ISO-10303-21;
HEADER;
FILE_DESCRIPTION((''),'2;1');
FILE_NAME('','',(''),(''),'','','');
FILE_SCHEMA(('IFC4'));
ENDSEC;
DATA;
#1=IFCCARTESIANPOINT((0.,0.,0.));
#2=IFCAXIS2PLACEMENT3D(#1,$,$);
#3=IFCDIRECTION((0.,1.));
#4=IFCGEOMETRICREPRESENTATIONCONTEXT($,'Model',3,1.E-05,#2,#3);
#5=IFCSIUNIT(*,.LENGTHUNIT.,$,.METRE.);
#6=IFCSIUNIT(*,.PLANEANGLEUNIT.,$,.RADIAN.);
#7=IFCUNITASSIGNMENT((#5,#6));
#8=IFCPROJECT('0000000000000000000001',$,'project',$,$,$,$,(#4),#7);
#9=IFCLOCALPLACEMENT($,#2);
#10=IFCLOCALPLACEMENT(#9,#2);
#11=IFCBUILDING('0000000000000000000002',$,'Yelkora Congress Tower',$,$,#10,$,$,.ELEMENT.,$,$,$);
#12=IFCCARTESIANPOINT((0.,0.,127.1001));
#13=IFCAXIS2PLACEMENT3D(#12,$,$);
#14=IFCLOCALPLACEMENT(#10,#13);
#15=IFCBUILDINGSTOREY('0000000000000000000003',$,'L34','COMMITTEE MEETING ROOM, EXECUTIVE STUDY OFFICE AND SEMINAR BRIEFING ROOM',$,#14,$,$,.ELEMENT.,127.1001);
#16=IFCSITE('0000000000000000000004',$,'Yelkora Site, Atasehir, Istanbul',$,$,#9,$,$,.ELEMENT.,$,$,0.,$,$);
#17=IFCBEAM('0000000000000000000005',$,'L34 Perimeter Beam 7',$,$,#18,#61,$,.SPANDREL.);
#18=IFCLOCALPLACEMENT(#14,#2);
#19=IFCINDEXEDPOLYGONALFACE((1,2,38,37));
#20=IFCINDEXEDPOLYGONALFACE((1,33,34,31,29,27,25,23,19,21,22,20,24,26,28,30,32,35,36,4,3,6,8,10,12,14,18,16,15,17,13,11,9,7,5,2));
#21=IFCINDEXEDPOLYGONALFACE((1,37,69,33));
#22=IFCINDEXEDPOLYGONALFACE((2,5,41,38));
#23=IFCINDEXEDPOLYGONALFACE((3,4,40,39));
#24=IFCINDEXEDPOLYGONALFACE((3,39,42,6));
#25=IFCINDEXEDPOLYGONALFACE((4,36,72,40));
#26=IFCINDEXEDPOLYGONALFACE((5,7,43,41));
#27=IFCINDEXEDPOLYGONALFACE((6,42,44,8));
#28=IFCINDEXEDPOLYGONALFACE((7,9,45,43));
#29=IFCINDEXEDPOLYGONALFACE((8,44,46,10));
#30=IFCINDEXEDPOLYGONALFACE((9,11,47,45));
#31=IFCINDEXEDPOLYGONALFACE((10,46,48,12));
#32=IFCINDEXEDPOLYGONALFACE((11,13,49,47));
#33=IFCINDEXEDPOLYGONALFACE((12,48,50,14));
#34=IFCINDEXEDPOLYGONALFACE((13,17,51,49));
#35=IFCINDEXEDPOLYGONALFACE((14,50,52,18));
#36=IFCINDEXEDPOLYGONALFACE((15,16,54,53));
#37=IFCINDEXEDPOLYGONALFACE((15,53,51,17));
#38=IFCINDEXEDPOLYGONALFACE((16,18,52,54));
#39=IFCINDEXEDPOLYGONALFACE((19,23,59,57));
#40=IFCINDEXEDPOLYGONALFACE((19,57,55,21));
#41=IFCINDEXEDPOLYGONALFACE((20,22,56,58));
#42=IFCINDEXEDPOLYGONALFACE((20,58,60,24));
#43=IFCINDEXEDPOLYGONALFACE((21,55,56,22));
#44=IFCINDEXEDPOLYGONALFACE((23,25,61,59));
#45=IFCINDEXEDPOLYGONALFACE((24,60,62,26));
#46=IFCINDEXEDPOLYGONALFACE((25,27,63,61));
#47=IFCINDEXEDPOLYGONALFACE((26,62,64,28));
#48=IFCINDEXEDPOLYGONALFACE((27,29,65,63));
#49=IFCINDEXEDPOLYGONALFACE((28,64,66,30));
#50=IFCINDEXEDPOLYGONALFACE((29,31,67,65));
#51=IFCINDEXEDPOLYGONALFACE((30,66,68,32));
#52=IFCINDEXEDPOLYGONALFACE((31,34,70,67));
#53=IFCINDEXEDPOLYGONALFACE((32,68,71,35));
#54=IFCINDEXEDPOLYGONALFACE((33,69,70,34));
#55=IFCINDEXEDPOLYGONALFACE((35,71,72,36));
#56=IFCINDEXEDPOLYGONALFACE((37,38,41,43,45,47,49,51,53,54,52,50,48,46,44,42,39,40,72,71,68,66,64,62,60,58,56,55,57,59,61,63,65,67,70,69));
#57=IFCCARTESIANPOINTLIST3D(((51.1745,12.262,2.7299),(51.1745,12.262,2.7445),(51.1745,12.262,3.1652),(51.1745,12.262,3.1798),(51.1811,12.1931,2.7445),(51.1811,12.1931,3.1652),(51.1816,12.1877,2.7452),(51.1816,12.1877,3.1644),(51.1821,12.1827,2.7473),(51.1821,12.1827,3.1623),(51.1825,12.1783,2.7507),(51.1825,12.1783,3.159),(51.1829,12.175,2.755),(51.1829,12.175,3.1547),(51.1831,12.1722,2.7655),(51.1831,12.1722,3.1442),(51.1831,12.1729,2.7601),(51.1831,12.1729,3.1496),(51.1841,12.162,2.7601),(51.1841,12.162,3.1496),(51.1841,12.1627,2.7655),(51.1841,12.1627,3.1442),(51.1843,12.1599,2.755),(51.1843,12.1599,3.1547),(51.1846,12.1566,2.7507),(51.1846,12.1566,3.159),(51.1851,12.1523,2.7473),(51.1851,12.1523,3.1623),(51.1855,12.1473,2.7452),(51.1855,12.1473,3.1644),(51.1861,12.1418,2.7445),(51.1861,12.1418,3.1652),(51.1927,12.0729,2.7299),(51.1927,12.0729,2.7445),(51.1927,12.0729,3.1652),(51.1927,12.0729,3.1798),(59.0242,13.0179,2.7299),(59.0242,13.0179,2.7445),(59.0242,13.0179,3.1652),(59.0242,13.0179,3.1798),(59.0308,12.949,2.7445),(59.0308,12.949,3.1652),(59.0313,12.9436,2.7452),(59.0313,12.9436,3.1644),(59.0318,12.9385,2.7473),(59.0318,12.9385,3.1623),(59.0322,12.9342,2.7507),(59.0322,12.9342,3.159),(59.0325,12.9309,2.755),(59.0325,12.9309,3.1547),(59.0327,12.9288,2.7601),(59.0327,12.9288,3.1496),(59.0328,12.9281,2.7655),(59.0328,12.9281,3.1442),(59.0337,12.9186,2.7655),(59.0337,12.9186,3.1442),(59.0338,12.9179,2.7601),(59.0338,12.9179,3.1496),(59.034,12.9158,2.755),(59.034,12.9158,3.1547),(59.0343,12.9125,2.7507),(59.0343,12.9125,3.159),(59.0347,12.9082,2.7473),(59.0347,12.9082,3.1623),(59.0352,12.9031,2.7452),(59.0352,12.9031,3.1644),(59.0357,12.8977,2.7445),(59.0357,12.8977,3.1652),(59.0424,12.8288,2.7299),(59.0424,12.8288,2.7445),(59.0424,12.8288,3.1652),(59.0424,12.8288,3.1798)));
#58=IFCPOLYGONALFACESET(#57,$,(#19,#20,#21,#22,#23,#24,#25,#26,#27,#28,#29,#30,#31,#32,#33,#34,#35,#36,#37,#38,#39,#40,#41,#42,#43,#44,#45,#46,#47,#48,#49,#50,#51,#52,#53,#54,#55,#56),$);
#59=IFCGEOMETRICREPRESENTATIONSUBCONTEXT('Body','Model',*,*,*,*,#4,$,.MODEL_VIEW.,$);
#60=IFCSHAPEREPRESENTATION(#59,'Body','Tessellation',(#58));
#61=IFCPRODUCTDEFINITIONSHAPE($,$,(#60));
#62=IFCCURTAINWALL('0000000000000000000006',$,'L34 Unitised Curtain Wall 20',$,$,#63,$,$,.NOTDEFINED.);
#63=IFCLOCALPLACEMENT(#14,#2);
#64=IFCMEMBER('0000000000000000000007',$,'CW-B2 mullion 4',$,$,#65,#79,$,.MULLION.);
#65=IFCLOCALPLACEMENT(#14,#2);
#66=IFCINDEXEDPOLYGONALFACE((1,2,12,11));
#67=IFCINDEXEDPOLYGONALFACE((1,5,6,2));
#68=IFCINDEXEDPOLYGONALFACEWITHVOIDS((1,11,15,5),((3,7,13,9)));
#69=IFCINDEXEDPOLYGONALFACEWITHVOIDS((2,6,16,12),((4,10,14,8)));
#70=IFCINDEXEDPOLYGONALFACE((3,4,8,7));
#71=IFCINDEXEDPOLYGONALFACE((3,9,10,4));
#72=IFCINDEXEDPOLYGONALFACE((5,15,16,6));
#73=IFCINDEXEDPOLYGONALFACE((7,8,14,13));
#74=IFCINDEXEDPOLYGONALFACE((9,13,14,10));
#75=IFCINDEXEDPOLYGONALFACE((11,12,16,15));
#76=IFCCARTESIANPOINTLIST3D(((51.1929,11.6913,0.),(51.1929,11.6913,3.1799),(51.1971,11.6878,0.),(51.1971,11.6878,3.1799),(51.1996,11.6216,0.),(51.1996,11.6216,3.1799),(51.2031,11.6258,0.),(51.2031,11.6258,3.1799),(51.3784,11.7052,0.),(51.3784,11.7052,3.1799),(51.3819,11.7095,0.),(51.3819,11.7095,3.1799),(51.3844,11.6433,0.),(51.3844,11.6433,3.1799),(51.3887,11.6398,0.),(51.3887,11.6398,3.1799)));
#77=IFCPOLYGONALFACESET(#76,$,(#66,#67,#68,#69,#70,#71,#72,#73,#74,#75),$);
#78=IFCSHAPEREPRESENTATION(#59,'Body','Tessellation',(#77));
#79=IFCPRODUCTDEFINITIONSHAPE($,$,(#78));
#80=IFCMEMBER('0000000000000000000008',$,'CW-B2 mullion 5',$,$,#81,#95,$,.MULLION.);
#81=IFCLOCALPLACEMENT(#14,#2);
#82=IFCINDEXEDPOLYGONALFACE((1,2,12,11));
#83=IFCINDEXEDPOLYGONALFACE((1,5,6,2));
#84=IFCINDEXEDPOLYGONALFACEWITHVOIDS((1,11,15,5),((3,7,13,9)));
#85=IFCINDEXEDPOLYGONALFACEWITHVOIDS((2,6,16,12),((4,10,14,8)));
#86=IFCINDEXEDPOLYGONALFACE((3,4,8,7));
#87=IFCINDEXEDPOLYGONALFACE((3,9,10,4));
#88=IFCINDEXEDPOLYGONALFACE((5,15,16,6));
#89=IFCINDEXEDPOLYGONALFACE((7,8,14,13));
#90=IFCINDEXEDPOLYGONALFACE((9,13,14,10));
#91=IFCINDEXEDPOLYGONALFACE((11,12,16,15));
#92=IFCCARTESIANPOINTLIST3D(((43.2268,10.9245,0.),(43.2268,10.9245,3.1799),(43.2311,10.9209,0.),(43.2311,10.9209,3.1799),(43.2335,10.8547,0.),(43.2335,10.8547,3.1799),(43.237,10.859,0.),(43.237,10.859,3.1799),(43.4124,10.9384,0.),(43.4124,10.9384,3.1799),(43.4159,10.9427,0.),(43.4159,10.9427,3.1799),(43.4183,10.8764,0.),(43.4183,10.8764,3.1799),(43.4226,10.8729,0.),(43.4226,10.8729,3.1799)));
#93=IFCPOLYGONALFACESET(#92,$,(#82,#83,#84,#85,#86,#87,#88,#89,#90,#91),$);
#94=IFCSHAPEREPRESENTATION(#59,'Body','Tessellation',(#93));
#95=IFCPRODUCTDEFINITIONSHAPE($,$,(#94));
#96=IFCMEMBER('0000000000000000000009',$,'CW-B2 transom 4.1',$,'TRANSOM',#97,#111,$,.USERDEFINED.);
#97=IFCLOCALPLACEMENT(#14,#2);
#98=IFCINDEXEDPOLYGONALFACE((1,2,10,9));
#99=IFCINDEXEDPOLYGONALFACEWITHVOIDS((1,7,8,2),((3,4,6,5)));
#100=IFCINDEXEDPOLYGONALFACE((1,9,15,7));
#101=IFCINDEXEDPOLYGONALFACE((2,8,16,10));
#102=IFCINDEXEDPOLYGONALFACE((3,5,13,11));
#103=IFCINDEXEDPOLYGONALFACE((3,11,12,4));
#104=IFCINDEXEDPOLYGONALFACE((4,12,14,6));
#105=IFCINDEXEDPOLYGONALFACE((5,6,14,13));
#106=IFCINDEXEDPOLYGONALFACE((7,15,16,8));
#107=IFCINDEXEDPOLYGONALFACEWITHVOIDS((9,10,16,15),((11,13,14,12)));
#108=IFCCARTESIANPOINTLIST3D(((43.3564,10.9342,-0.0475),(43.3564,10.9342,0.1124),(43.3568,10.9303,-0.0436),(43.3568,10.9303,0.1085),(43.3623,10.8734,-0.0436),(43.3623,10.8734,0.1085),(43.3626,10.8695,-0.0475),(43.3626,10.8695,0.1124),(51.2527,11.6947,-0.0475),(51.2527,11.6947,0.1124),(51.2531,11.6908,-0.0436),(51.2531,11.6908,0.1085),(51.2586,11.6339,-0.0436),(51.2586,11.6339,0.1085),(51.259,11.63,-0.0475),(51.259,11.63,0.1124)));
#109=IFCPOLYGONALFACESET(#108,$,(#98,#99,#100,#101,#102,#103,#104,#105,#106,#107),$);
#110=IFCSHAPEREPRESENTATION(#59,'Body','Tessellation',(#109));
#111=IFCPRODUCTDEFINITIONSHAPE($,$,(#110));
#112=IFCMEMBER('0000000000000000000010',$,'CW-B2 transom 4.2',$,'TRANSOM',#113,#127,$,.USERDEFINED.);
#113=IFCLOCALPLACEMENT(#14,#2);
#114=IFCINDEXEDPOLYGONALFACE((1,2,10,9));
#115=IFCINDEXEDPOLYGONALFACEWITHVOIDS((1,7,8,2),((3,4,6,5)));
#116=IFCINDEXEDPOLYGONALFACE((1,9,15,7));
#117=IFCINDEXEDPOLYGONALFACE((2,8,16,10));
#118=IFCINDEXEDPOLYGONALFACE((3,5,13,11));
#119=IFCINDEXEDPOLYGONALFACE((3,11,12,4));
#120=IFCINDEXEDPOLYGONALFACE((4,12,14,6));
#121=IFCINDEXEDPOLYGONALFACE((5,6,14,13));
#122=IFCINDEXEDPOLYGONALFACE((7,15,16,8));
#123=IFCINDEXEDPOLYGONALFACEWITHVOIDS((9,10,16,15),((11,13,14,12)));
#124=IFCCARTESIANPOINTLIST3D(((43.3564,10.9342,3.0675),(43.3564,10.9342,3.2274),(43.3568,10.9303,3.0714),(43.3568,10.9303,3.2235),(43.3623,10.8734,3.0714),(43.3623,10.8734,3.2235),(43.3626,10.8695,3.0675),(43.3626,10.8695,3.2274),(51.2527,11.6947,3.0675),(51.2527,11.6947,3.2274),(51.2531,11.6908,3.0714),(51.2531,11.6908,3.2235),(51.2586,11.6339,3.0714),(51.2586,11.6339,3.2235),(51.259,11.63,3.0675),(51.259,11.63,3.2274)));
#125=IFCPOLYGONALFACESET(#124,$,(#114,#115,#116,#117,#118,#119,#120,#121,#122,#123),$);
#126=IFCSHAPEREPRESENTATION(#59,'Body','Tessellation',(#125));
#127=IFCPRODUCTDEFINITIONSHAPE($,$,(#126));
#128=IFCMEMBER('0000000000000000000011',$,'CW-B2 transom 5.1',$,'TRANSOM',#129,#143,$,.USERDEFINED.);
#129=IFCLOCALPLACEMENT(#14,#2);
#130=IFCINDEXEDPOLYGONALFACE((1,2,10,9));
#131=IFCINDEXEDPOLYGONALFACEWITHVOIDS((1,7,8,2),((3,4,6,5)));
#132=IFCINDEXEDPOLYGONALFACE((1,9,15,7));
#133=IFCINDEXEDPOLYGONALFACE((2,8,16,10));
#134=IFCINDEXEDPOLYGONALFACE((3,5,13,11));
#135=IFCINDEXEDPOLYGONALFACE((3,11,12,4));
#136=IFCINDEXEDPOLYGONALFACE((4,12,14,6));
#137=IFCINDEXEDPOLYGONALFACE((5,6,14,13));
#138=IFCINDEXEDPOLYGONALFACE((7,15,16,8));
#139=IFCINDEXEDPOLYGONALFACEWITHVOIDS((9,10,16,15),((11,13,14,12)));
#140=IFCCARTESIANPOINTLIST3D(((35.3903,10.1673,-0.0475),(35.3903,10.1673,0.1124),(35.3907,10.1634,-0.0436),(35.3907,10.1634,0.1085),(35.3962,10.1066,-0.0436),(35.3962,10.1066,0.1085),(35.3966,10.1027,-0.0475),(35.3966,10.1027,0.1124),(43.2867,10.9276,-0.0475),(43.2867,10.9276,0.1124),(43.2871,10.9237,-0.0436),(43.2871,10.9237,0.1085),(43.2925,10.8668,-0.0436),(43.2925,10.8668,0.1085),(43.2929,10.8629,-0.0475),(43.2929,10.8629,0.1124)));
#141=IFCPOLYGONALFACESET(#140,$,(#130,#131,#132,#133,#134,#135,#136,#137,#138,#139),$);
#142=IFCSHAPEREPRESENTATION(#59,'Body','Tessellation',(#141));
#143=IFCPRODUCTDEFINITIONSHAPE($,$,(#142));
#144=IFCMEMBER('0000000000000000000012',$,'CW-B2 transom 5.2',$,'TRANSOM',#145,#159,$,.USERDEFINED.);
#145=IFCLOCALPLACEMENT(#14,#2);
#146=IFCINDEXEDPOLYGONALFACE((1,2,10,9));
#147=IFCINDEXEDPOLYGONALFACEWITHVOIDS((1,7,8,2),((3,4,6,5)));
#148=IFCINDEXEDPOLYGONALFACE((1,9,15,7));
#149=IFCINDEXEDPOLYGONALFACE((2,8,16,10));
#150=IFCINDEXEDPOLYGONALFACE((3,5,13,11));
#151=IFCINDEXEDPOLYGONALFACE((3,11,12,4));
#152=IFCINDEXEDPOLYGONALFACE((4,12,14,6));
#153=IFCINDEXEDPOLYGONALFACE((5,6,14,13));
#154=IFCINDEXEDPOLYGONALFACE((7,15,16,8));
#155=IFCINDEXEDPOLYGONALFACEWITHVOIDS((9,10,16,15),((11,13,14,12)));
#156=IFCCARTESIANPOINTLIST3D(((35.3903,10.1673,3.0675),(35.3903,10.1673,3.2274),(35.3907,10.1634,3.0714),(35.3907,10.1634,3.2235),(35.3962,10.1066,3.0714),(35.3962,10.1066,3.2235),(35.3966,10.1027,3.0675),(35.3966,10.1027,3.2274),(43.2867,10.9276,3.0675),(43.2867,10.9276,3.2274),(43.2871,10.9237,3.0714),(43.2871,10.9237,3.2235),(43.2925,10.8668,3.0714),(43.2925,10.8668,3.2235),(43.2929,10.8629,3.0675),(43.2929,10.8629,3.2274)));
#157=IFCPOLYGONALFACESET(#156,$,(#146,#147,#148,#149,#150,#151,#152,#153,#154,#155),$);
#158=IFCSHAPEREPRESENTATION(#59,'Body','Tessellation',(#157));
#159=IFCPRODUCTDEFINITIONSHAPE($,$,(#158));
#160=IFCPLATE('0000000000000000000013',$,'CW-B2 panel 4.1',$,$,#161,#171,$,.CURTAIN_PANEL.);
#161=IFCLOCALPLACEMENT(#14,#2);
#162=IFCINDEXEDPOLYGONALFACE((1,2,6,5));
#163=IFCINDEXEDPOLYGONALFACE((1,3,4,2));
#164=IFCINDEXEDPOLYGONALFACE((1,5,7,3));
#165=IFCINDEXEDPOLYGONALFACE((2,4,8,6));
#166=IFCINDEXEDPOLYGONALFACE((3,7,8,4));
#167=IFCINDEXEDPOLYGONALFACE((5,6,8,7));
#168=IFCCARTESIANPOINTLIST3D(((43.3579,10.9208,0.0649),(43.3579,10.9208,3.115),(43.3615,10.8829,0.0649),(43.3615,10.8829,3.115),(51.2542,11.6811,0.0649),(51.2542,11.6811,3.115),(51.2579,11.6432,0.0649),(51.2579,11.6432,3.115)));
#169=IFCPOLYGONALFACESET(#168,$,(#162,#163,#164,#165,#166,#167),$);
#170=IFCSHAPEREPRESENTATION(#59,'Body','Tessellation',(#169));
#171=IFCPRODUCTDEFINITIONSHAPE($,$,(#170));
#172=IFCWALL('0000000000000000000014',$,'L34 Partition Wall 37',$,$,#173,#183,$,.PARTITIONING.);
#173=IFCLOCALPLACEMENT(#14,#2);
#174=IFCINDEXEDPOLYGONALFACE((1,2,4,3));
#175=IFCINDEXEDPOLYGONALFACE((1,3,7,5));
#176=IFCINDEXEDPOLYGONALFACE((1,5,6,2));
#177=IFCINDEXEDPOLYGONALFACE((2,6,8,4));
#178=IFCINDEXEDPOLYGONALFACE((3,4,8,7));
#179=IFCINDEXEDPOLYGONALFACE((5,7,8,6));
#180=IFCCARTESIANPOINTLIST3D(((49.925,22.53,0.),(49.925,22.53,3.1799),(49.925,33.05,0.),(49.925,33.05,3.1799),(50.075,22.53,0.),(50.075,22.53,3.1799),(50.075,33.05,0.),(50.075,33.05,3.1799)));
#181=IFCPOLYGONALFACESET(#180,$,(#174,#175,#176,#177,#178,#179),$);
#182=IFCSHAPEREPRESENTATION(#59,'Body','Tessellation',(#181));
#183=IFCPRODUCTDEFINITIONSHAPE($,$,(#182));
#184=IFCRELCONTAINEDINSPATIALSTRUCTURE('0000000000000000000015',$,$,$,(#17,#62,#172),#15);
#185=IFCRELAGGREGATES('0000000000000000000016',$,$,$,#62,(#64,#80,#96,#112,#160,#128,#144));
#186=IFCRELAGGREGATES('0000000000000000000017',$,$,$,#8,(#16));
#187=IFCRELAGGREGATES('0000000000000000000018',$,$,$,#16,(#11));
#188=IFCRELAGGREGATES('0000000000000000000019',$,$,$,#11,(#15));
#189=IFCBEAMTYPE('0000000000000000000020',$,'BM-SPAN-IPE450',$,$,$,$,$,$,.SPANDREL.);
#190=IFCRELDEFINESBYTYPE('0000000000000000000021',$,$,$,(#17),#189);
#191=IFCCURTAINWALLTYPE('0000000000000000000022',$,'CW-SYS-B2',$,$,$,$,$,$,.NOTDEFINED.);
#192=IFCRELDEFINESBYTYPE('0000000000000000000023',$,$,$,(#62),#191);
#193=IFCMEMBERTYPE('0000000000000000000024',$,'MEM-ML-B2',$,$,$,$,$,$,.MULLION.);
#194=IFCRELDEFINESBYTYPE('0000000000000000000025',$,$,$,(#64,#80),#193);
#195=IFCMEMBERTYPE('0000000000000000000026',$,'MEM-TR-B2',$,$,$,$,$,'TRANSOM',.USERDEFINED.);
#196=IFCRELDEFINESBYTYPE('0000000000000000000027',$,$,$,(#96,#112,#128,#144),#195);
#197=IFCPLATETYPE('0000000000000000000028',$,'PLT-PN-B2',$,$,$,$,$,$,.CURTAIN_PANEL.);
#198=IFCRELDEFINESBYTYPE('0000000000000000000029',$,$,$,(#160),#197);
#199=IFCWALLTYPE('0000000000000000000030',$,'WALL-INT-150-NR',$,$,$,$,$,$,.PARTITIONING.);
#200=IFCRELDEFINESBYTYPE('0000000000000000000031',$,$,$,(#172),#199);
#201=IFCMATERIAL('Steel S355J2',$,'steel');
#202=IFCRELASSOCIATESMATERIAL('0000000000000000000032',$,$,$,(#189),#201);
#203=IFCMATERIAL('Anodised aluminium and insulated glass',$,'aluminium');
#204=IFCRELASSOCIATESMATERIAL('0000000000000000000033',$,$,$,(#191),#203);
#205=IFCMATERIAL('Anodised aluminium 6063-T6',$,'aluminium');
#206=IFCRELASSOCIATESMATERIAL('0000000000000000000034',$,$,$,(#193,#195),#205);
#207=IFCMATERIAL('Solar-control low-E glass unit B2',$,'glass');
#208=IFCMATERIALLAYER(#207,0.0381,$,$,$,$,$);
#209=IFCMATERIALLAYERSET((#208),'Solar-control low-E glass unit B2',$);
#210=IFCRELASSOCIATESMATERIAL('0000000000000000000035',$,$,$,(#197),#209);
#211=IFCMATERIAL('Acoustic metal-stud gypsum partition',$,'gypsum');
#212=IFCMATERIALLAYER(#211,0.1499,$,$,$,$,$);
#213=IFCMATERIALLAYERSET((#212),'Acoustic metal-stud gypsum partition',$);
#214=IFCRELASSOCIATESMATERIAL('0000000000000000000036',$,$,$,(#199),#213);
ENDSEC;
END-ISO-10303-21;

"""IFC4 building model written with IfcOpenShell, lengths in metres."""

from ifc_helpers import new_model, si_unit, direction, frame, frame_2d, origin, origin_2d, place, context, subcontext, project, spatial, rectangle, hollow_rectangle, i_section, extrude, material, layer, layer_set, material_profile, profile_set, type_object, element, aggregate, save


model = new_model("IFC4")

# Units and contexts
model_context = context("Model", 3, precision=1e-05, world=origin(), true_north=direction((0.0, 1.0)))
body_context = subcontext(model_context, "Body", "Model", "MODEL_VIEW")
ifc_project = project(units=[si_unit("LENGTHUNIT", "METRE"), si_unit("PLANEANGLEUNIT", "RADIAN")], contexts=[model_context])

# Site, building, storey
site_placement = place(None, origin())
site = spatial("IfcSite", under=ifc_project, at=site_placement, Name="Yelkora Site, Atasehir, Istanbul", CompositionType="ELEMENT", RefElevation=0.0)
building_placement = place(site_placement, origin())
building = spatial("IfcBuilding", under=site, at=building_placement, Name="Yelkora Congress Tower", CompositionType="ELEMENT")
storey_placement = place(building_placement, frame((0.0, 0.0, 127.1001)))
storey = spatial("IfcBuildingStorey", under=building, at=storey_placement, Name="L34", Description="COMMITTEE MEETING ROOM, EXECUTIVE STUDY OFFICE AND SEMINAR BRIEFING ROOM", CompositionType="ELEMENT", Elevation=127.1001)

# Beam
ifc_material_1 = material(Name="Steel S355J2", Category="steel")
ifc_material_profile_1 = material_profile(ifc_material_1, i_section(OverallWidth=0.1899, OverallDepth=0.45, WebThickness=0.0095, FlangeThickness=0.0146, FilletRadius=0.021, at=origin_2d()), Name="IPE 450")
ifc_profile_set_1 = profile_set([ifc_material_profile_1], Name="Steel S355J2")
beam_type_1 = type_object("IfcBeamType", Name="BM-SPAN-IPE450", PredefinedType="SPANDREL", material=ifc_profile_set_1)
beam_1_placement = place(storey_placement, frame((51.1836, 12.1675, 2.9548), z_axis=(0.995396, 0.095849, 0.0), x_axis=(-0.095849, 0.995396, 0.0)))
element("IfcBeam", 1, at=beam_1_placement, inside=storey, type_object=beam_type_1, Name="L34 Perimeter Beam 7", PredefinedType="SPANDREL", context=body_context, shape_type="SweptSolid", body=[
    extrude(i_section(OverallWidth=0.1899, OverallDepth=0.45, WebThickness=0.0095, FlangeThickness=0.0146, FilletRadius=0.021, at=origin_2d()), origin(), (0.0, 0.0, 1.0), 7.886),
])

# Curtain wall, members, plate
ifc_material_2 = material(Name="Anodised aluminium and insulated glass", Category="aluminium")
curtain_wall_type = type_object("IfcCurtainWallType", Name="CW-SYS-B2", PredefinedType="NOTDEFINED", material=ifc_material_2)
curtain_wall_placement = place(storey_placement, origin())
curtain_wall = element("IfcCurtainWall", 2, at=curtain_wall_placement, inside=storey, type_object=curtain_wall_type, Name="L34 Unitised Curtain Wall 20", PredefinedType="NOTDEFINED")
ifc_material_3 = material(Name="Anodised aluminium 6063-T6", Category="aluminium")
ifc_material_profile_2 = material_profile(ifc_material_3, hollow_rectangle(XDim=0.0701, YDim=0.1899, WallThickness=0.0039, at=origin_2d()), Name="ALU 70x190x4")
ifc_profile_set_2 = profile_set([ifc_material_profile_2], Name="Anodised aluminium 6063-T6")
member_type_1 = type_object("IfcMemberType", Name="MEM-ML-B2", PredefinedType="MULLION", material=ifc_profile_set_2)
member_1_placement = place(storey_placement, frame((51.2908, 11.6655, 0.0), z_axis=(0.0, 0.0, 1.0), x_axis=(0.095844, -0.995396, 0.0)))
member_1 = element("IfcMember", 3, at=member_1_placement, type_object=member_type_1, Name="CW-B2 mullion 4", PredefinedType="MULLION", context=body_context, shape_type="SweptSolid", body=[
    extrude(hollow_rectangle(XDim=0.0701, YDim=0.1899, WallThickness=0.0039, at=origin_2d()), origin(), (0.0, 0.0, 1.0), 3.1799),
])
member_2_placement = place(storey_placement, frame((43.3247, 10.8987, 0.0), z_axis=(0.0, 0.0, 1.0), x_axis=(0.095844, -0.995396, 0.0)))
member_2 = element("IfcMember", 4, at=member_2_placement, type_object=member_type_1, Name="CW-B2 mullion 5", PredefinedType="MULLION", context=body_context, shape_type="SweptSolid", body=[
    extrude(hollow_rectangle(XDim=0.0701, YDim=0.1899, WallThickness=0.0039, at=origin_2d()), origin(), (0.0, 0.0, 1.0), 3.1799),
])
ifc_material_profile_3 = material_profile(ifc_material_3, hollow_rectangle(XDim=0.0649, YDim=0.1599, WallThickness=0.0039, at=origin_2d()), Name="ALU 65x160x4")
ifc_profile_set_3 = profile_set([ifc_material_profile_3], Name="Anodised aluminium 6063-T6")
member_type_2 = type_object("IfcMemberType", Name="MEM-TR-B2", ElementType="TRANSOM", PredefinedType="USERDEFINED", material=ifc_profile_set_3)
member_3_placement = place(storey_placement, frame((51.2559, 11.6624, 0.0325), z_axis=(-0.995394, -0.095868, 0.0), x_axis=(0.095868, -0.995394, 0.0)))
member_3 = element("IfcMember", 5, at=member_3_placement, type_object=member_type_2, Name="CW-B2 transom 4.1", ObjectType="TRANSOM", PredefinedType="USERDEFINED", context=body_context, shape_type="SweptSolid", body=[
    extrude(hollow_rectangle(XDim=0.0649, YDim=0.1599, WallThickness=0.0039, at=origin_2d()), origin(), (0.0, 0.0, 1.0), 7.9329),
])
member_4_placement = place(storey_placement, frame((51.2559, 11.6624, 3.1475), z_axis=(-0.995394, -0.095868, 0.0), x_axis=(0.095868, -0.995394, 0.0)))
member_4 = element("IfcMember", 6, at=member_4_placement, type_object=member_type_2, Name="CW-B2 transom 4.2", ObjectType="TRANSOM", PredefinedType="USERDEFINED", context=body_context, shape_type="SweptSolid", body=[
    extrude(hollow_rectangle(XDim=0.0649, YDim=0.1599, WallThickness=0.0039, at=origin_2d()), origin(), (0.0, 0.0, 1.0), 7.9329),
])
member_5_placement = place(storey_placement, frame((43.2898, 10.8953, 0.0325), z_axis=(-0.995397, -0.095837, 0.0), x_axis=(0.095837, -0.995397, 0.0)))
member_5 = element("IfcMember", 7, at=member_5_placement, type_object=member_type_2, Name="CW-B2 transom 5.1", ObjectType="TRANSOM", PredefinedType="USERDEFINED", context=body_context, shape_type="SweptSolid", body=[
    extrude(hollow_rectangle(XDim=0.0649, YDim=0.1599, WallThickness=0.0039, at=origin_2d()), origin(), (0.0, 0.0, 1.0), 7.9329),
])
member_6_placement = place(storey_placement, frame((43.2898, 10.8953, 3.1475), z_axis=(-0.995397, -0.095837, 0.0), x_axis=(0.095837, -0.995397, 0.0)))
member_6 = element("IfcMember", 8, at=member_6_placement, type_object=member_type_2, Name="CW-B2 transom 5.2", ObjectType="TRANSOM", PredefinedType="USERDEFINED", context=body_context, shape_type="SweptSolid", body=[
    extrude(hollow_rectangle(XDim=0.0649, YDim=0.1599, WallThickness=0.0039, at=origin_2d()), origin(), (0.0, 0.0, 1.0), 7.9329),
])
ifc_material_4 = material(Name="Solar-control low-E glass unit B2", Category="glass")
ifc_layer_1 = layer(ifc_material_4, 0.0381)
ifc_layer_set_1 = layer_set([ifc_layer_1], Name="Solar-control low-E glass unit B2")
plate_type = type_object("IfcPlateType", Name="PLT-PN-B2", PredefinedType="CURTAIN_PANEL", material=ifc_layer_set_1)
plate_placement = place(storey_placement, frame((47.3079, 11.282, 0.0649), z_axis=(0.0, 0.0, 1.0), x_axis=(-0.995396, -0.095844, 0.0)))
plate = element("IfcPlate", 9, at=plate_placement, type_object=plate_type, Name="CW-B2 panel 4.1", PredefinedType="CURTAIN_PANEL", context=body_context, shape_type="SweptSolid", body=[
    extrude(rectangle(XDim=7.9329, YDim=0.0381, at=origin_2d()), origin(), (0.0, 0.0, 1.0), 3.05),
])
aggregate(curtain_wall, [member_1, member_2, member_3, member_4, plate, member_5, member_6])

# Wall
ifc_material_5 = material(Name="Acoustic metal-stud gypsum partition", Category="gypsum")
ifc_layer_2 = layer(ifc_material_5, 0.1499)
ifc_layer_set_2 = layer_set([ifc_layer_2], Name="Acoustic metal-stud gypsum partition")
wall_type = type_object("IfcWallType", Name="WALL-INT-150-NR", PredefinedType="PARTITIONING", material=ifc_layer_set_2)
for number, where, z_axis, x_axis, name in (
    (10, (50.0, 22.53, 0.0), (0.0, 0.0, 1.0), (0.0, 1.0, 0.0), "L34 Partition Wall 37"),
):
    element("IfcWall", number, at=place(storey_placement, frame(where, z_axis=z_axis, x_axis=x_axis)), inside=storey, type_object=wall_type, Name=name, PredefinedType="PARTITIONING", context=body_context, shape_type="SweptSolid", body=[
        extrude(rectangle(XDim=10.52, YDim=0.1499, at=frame_2d((5.26, 0.0))), origin(), (0.0, 0.0, 1.0), 3.1799),
    ])

save(model, "model.ifc")
